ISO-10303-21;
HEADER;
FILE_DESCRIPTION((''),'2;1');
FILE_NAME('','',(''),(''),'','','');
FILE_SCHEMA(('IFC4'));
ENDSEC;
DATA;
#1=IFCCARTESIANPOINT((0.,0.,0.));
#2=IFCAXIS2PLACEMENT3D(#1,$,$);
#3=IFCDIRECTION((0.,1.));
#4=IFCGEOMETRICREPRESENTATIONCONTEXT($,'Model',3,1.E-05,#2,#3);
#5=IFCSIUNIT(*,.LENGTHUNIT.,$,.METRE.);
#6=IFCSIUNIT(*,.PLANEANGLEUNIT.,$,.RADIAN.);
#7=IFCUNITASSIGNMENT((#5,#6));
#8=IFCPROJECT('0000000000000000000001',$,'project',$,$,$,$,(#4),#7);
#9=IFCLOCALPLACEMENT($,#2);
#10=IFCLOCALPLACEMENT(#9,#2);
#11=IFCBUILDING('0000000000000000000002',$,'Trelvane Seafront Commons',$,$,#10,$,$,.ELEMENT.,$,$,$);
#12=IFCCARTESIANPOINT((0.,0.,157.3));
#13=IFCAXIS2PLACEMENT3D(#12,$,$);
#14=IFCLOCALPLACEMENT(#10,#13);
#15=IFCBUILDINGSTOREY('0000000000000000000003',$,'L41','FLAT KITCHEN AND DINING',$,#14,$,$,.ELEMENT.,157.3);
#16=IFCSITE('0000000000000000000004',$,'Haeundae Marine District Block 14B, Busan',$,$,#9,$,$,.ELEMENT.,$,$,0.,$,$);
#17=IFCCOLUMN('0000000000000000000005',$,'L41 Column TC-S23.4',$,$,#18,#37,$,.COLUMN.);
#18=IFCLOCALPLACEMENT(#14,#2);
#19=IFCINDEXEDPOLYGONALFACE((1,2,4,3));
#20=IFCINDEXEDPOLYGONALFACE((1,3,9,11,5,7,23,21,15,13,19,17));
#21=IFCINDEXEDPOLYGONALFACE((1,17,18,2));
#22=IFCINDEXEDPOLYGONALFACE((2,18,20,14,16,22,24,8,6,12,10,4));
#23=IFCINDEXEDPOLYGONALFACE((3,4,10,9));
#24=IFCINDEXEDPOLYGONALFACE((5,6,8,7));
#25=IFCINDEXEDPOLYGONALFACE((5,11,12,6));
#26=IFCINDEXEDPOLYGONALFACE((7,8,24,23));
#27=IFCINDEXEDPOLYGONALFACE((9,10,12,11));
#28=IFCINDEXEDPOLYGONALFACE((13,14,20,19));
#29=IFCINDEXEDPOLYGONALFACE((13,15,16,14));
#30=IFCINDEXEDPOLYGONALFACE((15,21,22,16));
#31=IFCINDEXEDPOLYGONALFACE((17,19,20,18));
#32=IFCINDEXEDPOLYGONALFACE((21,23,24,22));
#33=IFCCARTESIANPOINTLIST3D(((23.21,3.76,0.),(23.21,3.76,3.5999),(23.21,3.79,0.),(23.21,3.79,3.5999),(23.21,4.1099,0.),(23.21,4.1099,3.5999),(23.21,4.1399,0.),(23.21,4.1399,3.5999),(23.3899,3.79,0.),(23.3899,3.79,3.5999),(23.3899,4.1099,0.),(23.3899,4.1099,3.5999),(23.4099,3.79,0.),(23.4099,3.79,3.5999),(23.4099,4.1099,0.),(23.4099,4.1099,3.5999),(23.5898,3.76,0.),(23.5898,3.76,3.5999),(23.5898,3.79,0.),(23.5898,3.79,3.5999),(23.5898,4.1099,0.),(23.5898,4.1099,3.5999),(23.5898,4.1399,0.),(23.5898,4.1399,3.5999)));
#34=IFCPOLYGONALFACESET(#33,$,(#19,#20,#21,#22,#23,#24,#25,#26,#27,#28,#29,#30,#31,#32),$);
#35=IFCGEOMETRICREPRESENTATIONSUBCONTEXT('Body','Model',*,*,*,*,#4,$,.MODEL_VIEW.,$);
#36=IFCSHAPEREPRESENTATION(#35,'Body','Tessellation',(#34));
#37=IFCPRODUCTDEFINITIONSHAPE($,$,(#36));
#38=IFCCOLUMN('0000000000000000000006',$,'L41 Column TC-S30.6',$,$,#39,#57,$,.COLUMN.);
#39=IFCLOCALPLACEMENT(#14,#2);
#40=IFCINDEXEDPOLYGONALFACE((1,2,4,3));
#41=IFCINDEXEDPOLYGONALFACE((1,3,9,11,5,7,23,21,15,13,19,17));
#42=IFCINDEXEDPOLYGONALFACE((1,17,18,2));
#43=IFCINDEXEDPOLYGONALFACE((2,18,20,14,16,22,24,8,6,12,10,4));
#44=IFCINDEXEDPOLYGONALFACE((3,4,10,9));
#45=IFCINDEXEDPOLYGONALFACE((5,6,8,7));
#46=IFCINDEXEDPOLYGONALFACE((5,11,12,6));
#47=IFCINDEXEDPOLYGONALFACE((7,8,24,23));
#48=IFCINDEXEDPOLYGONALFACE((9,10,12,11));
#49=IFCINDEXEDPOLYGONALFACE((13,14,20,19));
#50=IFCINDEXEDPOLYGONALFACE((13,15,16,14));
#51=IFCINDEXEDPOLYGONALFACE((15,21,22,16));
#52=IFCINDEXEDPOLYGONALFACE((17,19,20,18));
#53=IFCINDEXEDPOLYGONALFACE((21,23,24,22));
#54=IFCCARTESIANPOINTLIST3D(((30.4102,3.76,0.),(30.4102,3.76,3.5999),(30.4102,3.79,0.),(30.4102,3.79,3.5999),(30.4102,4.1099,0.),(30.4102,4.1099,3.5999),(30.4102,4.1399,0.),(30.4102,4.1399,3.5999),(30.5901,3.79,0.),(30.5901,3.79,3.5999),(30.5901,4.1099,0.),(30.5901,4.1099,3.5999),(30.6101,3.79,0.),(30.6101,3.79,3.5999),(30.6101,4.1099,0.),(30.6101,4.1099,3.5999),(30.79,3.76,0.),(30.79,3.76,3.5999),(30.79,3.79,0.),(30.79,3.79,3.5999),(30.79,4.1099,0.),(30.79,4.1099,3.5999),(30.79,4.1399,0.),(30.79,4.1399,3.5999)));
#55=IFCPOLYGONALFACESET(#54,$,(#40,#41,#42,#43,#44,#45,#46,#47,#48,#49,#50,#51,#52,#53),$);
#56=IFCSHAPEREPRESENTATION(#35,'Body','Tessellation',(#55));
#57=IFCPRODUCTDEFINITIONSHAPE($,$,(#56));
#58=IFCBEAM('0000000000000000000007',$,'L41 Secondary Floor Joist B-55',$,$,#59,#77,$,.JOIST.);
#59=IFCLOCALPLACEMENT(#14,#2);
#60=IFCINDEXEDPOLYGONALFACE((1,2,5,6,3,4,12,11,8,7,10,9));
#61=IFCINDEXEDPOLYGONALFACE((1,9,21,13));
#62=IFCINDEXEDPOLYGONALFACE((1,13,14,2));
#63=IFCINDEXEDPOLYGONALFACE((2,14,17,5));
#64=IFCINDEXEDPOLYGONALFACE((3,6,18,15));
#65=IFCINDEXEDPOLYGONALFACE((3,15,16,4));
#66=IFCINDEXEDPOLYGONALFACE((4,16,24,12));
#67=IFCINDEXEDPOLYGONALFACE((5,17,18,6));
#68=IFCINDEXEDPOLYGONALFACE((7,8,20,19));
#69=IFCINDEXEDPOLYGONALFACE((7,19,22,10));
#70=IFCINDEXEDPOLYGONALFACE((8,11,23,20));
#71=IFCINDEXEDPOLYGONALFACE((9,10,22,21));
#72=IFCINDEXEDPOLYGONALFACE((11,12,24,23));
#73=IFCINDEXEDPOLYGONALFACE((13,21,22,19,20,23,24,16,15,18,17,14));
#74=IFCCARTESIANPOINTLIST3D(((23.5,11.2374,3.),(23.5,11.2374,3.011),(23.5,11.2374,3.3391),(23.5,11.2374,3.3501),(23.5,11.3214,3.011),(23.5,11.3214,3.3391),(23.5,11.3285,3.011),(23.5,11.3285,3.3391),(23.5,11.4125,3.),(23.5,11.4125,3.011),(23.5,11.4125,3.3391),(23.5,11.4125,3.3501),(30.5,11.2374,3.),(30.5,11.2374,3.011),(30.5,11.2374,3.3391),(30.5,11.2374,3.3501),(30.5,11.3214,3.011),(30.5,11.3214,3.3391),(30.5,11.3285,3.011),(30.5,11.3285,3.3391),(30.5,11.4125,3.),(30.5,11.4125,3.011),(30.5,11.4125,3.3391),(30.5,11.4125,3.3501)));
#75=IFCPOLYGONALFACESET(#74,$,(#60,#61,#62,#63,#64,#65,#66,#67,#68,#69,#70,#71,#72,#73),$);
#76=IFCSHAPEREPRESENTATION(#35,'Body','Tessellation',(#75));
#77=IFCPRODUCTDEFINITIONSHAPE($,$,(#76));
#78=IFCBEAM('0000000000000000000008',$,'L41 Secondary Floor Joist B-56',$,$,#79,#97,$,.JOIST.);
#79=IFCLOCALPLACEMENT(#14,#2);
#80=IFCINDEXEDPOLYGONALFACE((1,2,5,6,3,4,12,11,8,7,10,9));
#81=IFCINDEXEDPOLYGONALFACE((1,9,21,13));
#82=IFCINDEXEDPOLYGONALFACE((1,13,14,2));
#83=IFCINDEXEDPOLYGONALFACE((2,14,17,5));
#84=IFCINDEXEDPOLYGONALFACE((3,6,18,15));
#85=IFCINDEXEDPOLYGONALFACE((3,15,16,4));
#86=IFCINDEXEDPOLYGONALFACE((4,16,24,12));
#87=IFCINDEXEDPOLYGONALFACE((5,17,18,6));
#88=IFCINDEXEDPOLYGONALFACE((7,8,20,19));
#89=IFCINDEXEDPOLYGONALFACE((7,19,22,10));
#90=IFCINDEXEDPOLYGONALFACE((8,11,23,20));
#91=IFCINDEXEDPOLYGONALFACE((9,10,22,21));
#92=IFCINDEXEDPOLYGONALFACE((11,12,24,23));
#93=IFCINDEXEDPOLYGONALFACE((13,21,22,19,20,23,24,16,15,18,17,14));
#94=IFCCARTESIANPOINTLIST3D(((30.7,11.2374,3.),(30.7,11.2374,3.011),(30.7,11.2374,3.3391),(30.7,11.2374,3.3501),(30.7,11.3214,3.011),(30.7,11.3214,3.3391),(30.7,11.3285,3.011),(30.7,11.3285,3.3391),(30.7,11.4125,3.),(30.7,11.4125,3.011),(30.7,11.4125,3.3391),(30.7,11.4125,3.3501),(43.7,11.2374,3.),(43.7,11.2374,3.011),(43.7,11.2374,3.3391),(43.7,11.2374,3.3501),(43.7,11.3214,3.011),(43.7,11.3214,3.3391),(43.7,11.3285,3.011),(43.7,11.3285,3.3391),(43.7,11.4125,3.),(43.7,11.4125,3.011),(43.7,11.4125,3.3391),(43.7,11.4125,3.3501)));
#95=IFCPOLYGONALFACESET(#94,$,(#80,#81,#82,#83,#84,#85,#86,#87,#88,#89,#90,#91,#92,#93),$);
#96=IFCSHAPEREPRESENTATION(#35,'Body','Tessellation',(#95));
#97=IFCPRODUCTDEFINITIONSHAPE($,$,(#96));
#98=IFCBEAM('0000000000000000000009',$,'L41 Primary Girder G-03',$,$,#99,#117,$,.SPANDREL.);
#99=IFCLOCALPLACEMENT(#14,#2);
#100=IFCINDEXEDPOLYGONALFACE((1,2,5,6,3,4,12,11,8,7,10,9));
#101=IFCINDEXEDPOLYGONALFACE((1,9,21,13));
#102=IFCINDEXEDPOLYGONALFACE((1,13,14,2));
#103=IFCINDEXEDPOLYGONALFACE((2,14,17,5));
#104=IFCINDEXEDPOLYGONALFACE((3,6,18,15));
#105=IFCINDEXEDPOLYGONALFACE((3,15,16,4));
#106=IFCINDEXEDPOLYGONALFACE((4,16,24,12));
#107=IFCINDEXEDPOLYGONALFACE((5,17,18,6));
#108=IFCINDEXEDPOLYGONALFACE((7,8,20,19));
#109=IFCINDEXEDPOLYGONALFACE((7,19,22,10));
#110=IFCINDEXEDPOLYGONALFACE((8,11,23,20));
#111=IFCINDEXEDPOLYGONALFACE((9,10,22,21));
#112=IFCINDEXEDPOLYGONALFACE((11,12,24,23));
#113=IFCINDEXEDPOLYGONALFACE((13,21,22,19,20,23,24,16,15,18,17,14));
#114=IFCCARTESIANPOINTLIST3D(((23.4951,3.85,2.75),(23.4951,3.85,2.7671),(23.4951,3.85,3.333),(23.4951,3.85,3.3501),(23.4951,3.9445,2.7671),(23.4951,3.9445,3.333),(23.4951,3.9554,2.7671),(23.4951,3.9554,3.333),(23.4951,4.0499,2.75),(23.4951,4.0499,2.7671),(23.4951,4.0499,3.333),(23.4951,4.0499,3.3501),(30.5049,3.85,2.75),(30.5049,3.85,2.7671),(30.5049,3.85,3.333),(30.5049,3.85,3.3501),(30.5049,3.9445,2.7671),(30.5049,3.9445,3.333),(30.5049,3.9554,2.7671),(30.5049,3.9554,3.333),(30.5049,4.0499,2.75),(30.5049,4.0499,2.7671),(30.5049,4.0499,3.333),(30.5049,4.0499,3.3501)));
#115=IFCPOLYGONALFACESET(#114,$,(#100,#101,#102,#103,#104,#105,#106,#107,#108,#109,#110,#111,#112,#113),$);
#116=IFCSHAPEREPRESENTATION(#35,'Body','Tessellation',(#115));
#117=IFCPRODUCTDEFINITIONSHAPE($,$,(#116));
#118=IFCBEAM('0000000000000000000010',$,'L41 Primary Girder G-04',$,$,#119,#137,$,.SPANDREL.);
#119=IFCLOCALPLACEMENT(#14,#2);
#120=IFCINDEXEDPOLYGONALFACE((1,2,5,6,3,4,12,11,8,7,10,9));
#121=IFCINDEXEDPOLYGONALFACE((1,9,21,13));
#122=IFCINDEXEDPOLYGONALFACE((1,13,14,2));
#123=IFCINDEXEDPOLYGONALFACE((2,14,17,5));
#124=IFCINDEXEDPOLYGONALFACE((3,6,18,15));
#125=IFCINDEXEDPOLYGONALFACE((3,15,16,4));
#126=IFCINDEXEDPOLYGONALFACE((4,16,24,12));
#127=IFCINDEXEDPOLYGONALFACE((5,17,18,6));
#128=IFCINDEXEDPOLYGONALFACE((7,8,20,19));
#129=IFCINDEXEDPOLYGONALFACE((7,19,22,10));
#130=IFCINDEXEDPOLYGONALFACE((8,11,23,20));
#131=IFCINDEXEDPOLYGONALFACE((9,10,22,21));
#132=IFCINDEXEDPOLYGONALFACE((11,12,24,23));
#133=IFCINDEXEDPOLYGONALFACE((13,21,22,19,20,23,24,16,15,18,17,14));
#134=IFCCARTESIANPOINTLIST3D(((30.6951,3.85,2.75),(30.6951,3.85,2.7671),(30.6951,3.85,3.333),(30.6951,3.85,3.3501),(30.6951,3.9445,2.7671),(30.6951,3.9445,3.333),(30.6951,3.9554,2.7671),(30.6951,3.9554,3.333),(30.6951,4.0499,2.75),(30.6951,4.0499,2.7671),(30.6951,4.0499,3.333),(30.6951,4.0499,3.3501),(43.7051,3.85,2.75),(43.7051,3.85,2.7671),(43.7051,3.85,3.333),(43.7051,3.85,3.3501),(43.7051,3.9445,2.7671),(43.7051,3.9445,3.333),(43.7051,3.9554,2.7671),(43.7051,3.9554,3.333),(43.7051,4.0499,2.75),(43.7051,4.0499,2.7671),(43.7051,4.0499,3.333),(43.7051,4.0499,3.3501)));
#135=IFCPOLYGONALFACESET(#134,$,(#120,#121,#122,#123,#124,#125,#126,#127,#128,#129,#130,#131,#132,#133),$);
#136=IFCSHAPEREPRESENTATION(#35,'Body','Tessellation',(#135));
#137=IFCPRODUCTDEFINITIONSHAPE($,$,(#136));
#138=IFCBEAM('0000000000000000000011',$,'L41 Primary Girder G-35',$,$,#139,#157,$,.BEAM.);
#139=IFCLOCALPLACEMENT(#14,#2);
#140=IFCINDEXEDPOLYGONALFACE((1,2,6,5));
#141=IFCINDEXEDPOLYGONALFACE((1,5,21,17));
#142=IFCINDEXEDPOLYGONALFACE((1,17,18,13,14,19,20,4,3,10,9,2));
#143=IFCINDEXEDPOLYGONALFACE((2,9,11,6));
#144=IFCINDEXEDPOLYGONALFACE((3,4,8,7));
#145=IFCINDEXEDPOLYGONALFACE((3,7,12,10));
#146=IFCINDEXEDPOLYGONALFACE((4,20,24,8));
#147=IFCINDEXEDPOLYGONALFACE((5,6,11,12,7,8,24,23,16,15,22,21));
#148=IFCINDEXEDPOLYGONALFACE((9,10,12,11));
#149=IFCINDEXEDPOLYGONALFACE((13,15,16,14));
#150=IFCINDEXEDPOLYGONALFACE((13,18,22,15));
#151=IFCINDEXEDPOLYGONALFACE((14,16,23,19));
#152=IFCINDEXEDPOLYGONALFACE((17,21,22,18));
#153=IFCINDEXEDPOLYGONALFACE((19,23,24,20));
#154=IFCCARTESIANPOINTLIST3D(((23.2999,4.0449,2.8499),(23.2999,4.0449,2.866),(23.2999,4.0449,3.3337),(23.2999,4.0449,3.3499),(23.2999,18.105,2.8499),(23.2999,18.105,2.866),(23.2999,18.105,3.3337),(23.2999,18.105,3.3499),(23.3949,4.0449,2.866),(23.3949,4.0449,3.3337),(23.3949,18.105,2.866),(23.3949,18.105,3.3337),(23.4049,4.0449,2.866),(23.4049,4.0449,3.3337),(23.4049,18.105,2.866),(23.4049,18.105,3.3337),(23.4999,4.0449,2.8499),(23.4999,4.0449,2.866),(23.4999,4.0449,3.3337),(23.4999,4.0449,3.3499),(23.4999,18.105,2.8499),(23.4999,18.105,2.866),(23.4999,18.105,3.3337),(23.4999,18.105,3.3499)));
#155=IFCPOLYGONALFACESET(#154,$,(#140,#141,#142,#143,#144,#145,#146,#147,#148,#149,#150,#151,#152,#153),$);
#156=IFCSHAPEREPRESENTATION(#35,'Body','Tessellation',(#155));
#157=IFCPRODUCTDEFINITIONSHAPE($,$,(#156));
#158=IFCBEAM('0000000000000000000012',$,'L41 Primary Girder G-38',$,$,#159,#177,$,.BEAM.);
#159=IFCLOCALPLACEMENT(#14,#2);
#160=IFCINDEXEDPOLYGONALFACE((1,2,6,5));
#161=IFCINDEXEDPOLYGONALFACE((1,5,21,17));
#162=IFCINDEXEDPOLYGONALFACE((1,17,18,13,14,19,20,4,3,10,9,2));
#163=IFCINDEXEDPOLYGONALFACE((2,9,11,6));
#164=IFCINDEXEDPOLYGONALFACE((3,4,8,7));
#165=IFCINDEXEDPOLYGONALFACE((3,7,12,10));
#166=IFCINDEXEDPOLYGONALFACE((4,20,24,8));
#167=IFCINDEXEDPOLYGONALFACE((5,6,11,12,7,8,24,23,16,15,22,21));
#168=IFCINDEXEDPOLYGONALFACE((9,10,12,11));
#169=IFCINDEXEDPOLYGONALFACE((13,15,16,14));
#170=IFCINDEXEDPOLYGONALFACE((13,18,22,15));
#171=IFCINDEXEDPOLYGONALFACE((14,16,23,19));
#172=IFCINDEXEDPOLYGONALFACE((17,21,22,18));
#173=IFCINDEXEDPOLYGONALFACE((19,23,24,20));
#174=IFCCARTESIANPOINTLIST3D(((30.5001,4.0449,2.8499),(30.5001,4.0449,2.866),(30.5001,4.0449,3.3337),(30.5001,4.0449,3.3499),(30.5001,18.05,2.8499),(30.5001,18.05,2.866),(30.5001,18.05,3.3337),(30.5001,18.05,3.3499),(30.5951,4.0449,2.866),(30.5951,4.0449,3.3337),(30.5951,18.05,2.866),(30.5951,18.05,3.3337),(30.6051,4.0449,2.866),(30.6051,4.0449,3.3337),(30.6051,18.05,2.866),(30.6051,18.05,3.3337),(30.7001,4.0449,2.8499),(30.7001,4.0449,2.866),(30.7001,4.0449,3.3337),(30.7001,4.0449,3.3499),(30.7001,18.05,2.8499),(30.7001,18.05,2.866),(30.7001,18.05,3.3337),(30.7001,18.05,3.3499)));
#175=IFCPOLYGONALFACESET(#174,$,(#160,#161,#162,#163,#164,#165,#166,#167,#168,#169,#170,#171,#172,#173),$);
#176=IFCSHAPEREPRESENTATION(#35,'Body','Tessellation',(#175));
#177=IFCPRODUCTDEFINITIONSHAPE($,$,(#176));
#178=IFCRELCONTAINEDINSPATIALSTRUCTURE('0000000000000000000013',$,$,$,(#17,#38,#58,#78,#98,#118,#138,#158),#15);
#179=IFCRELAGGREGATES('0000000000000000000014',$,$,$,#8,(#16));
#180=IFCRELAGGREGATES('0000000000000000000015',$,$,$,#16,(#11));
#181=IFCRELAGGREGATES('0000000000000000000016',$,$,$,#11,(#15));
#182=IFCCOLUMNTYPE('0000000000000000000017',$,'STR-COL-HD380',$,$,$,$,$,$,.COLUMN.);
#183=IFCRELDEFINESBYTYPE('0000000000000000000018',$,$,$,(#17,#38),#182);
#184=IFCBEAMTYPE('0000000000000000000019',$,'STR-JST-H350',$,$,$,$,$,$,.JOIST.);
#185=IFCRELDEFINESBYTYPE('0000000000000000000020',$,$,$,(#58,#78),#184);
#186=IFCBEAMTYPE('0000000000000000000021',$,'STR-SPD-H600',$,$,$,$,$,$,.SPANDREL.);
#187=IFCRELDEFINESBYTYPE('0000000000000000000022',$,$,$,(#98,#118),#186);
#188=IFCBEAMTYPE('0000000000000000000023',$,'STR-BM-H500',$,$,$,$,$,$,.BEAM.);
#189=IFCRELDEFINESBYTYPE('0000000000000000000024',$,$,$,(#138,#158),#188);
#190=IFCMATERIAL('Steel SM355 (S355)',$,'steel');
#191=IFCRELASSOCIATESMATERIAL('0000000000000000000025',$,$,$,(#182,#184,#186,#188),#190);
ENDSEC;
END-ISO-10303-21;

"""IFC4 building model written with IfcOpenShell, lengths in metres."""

from ifc_helpers import new_model, si_unit, direction, frame, origin, origin_2d, place, context, subcontext, project, spatial, i_section, extrude, source, transform, mapped, material, material_profile, profile_set, type_object, element, save


model = new_model("IFC4")

# Units and contexts
model_context = context("Model", 3, precision=1e-05, world=origin(), true_north=direction((0.0, 1.0)))
body_context = subcontext(model_context, "Body", "Model", "MODEL_VIEW")
ifc_project = project(units=[si_unit("LENGTHUNIT", "METRE"), si_unit("PLANEANGLEUNIT", "RADIAN")], contexts=[model_context])

# Site, building, storey
site_placement = place(None, origin())
site = spatial("IfcSite", under=ifc_project, at=site_placement, Name="Haeundae Marine District Block 14B, Busan", CompositionType="ELEMENT", RefElevation=0.0)
building_placement = place(site_placement, origin())
building = spatial("IfcBuilding", under=site, at=building_placement, Name="Trelvane Seafront Commons", CompositionType="ELEMENT")
storey_placement = place(building_placement, frame((0.0, 0.0, 157.3)))
storey = spatial("IfcBuildingStorey", under=building, at=storey_placement, Name="L41", Description="FLAT KITCHEN AND DINING", CompositionType="ELEMENT", Elevation=157.3)

# Columns
ifc_material_1 = material(Name="Steel SM355 (S355)", Category="steel")
ifc_material_profile_1 = material_profile(ifc_material_1, i_section(OverallWidth=0.3799, OverallDepth=0.3799, WebThickness=0.02, FlangeThickness=0.03, at=origin_2d()), Name="HD-380x380x20x30")
ifc_profile_set_1 = profile_set([ifc_material_profile_1], Name="Steel SM355 (S355)")
column_type = type_object("IfcColumnType", Name="STR-COL-HD380", PredefinedType="COLUMN", material=ifc_profile_set_1)
shared_shape_1 = source(origin(), body_context, "Body", "SweptSolid", [
    extrude(i_section(OverallWidth=0.3799, OverallDepth=0.3799, WebThickness=0.02, FlangeThickness=0.03, at=origin_2d()), origin(), (0.0, 0.0, 1.0), 3.5999),
])
for number, where, z_axis, x_axis, name in (
    (1, (23.3999, 3.95, 0.0), (0.0, 0.0, 1.0), (1.0, 0.0, 0.0), "L41 Column TC-S23.4"),
    (2, (30.6001, 3.95, 0.0), (0.0, 0.0, 1.0), (1.0, 0.0, 0.0), "L41 Column TC-S30.6"),
):
    element("IfcColumn", number, at=place(storey_placement, frame(where, z_axis=z_axis, x_axis=x_axis)), inside=storey, type_object=column_type, Name=name, PredefinedType="COLUMN", context=body_context, shape_type="MappedRepresentation", body=[
        mapped(shared_shape_1, transform((0.0, 0.0, 0.0), x_axis=(1.0, 0.0, 0.0), y_axis=(0.0, 1.0, 0.0), z_axis=(0.0, 0.0, 1.0), scale=1.0)),
    ])

# Beams
ifc_material_profile_2 = material_profile(ifc_material_1, i_section(OverallWidth=0.175, OverallDepth=0.3501, WebThickness=0.0071, FlangeThickness=0.011, at=origin_2d()), Name="H-350x175x7x11")
ifc_profile_set_2 = profile_set([ifc_material_profile_2], Name="Steel SM355 (S355)")
beam_type_1 = type_object("IfcBeamType", Name="STR-JST-H350", PredefinedType="JOIST", material=ifc_profile_set_2)
shared_shape_2 = source(origin(), body_context, "Body", "SweptSolid", [
    extrude(i_section(OverallWidth=0.175, OverallDepth=0.3501, WebThickness=0.0071, FlangeThickness=0.011, at=origin_2d()), origin(), (0.0, 0.0, 1.0), 7.0),
])
beam_1_placement = place(storey_placement, frame((23.5, 11.325, 3.175), z_axis=(1.0, 0.0, 0.0), x_axis=(0.0, 1.0, 0.0)))
element("IfcBeam", 3, at=beam_1_placement, inside=storey, type_object=beam_type_1, Name="L41 Secondary Floor Joist B-55", PredefinedType="JOIST", context=body_context, shape_type="MappedRepresentation", body=[
    mapped(shared_shape_2, transform((0.0, 0.0, 0.0), x_axis=(1.0, 0.0, 0.0), y_axis=(0.0, 1.0, 0.0), z_axis=(0.0, 0.0, 1.0), scale=1.0)),
])
shared_shape_3 = source(origin(), body_context, "Body", "SweptSolid", [
    extrude(i_section(OverallWidth=0.175, OverallDepth=0.3501, WebThickness=0.0071, FlangeThickness=0.011, at=origin_2d()), origin(), (0.0, 0.0, 1.0), 13.0),
])
beam_2_placement = place(storey_placement, frame((30.7, 11.325, 3.175), z_axis=(1.0, 0.0, 0.0), x_axis=(0.0, 1.0, 0.0)))
element("IfcBeam", 4, at=beam_2_placement, inside=storey, type_object=beam_type_1, Name="L41 Secondary Floor Joist B-56", PredefinedType="JOIST", context=body_context, shape_type="MappedRepresentation", body=[
    mapped(shared_shape_3, transform((0.0, 0.0, 0.0), x_axis=(1.0, 0.0, 0.0), y_axis=(0.0, 1.0, 0.0), z_axis=(0.0, 0.0, 1.0), scale=1.0)),
])
ifc_material_profile_3 = material_profile(ifc_material_1, i_section(OverallWidth=0.2, OverallDepth=0.6001, WebThickness=0.011, FlangeThickness=0.0171, at=origin_2d()), Name="H-600x200x11x17")
ifc_profile_set_3 = profile_set([ifc_material_profile_3], Name="Steel SM355 (S355)")
beam_type_2 = type_object("IfcBeamType", Name="STR-SPD-H600", PredefinedType="SPANDREL", material=ifc_profile_set_3)
shared_shape_4 = source(origin(), body_context, "Body", "SweptSolid", [
    extrude(i_section(OverallWidth=0.2, OverallDepth=0.6001, WebThickness=0.011, FlangeThickness=0.0171, at=origin_2d()), origin(), (0.0, 0.0, 1.0), 7.0098),
])
beam_3_placement = place(storey_placement, frame((23.4951, 3.95, 3.05), z_axis=(1.0, 0.0, 0.0), x_axis=(0.0, 1.0, 0.0)))
element("IfcBeam", 5, at=beam_3_placement, inside=storey, type_object=beam_type_2, Name="L41 Primary Girder G-03", PredefinedType="SPANDREL", context=body_context, shape_type="MappedRepresentation", body=[
    mapped(shared_shape_4, transform((0.0, 0.0, 0.0), x_axis=(1.0, 0.0, 0.0), y_axis=(0.0, 1.0, 0.0), z_axis=(0.0, 0.0, 1.0), scale=1.0)),
])
shared_shape_5 = source(origin(), body_context, "Body", "SweptSolid", [
    extrude(i_section(OverallWidth=0.2, OverallDepth=0.6001, WebThickness=0.011, FlangeThickness=0.0171, at=origin_2d()), origin(), (0.0, 0.0, 1.0), 13.01),
])
beam_4_placement = place(storey_placement, frame((30.6951, 3.95, 3.05), z_axis=(1.0, 0.0, 0.0), x_axis=(0.0, 1.0, 0.0)))
element("IfcBeam", 6, at=beam_4_placement, inside=storey, type_object=beam_type_2, Name="L41 Primary Girder G-04", PredefinedType="SPANDREL", context=body_context, shape_type="MappedRepresentation", body=[
    mapped(shared_shape_5, transform((0.0, 0.0, 0.0), x_axis=(1.0, 0.0, 0.0), y_axis=(0.0, 1.0, 0.0), z_axis=(0.0, 0.0, 1.0), scale=1.0)),
])
ifc_material_profile_4 = material_profile(ifc_material_1, i_section(OverallWidth=0.2, OverallDepth=0.5, WebThickness=0.01, FlangeThickness=0.0161, at=origin_2d()), Name="H-500x200x10x16")
ifc_profile_set_4 = profile_set([ifc_material_profile_4], Name="Steel SM355 (S355)")
beam_type_3 = type_object("IfcBeamType", Name="STR-BM-H500", PredefinedType="BEAM", material=ifc_profile_set_4)
shared_shape_6 = source(origin(), body_context, "Body", "SweptSolid", [
    extrude(i_section(OverallWidth=0.2, OverallDepth=0.5, WebThickness=0.01, FlangeThickness=0.0161, at=origin_2d()), origin(), (0.0, 0.0, 1.0), 14.0601),
])
beam_5_placement = place(storey_placement, frame((23.3999, 4.0449, 3.0999), z_axis=(0.0, 1.0, 0.0), x_axis=(-1.0, 0.0, 0.0)))
element("IfcBeam", 7, at=beam_5_placement, inside=storey, type_object=beam_type_3, Name="L41 Primary Girder G-35", PredefinedType="BEAM", context=body_context, shape_type="MappedRepresentation", body=[
    mapped(shared_shape_6, transform((0.0, 0.0, 0.0), x_axis=(1.0, 0.0, 0.0), y_axis=(0.0, 1.0, 0.0), z_axis=(0.0, 0.0, 1.0), scale=1.0)),
])
shared_shape_7 = source(origin(), body_context, "Body", "SweptSolid", [
    extrude(i_section(OverallWidth=0.2, OverallDepth=0.5, WebThickness=0.01, FlangeThickness=0.0161, at=origin_2d()), origin(), (0.0, 0.0, 1.0), 14.0051),
])
beam_6_placement = place(storey_placement, frame((30.6001, 4.0449, 3.0999), z_axis=(0.0, 1.0, 0.0), x_axis=(-1.0, 0.0, 0.0)))
element("IfcBeam", 8, at=beam_6_placement, inside=storey, type_object=beam_type_3, Name="L41 Primary Girder G-38", PredefinedType="BEAM", context=body_context, shape_type="MappedRepresentation", body=[
    mapped(shared_shape_7, transform((0.0, 0.0, 0.0), x_axis=(1.0, 0.0, 0.0), y_axis=(0.0, 1.0, 0.0), z_axis=(0.0, 0.0, 1.0), scale=1.0)),
])

save(model, "model.ifc")
